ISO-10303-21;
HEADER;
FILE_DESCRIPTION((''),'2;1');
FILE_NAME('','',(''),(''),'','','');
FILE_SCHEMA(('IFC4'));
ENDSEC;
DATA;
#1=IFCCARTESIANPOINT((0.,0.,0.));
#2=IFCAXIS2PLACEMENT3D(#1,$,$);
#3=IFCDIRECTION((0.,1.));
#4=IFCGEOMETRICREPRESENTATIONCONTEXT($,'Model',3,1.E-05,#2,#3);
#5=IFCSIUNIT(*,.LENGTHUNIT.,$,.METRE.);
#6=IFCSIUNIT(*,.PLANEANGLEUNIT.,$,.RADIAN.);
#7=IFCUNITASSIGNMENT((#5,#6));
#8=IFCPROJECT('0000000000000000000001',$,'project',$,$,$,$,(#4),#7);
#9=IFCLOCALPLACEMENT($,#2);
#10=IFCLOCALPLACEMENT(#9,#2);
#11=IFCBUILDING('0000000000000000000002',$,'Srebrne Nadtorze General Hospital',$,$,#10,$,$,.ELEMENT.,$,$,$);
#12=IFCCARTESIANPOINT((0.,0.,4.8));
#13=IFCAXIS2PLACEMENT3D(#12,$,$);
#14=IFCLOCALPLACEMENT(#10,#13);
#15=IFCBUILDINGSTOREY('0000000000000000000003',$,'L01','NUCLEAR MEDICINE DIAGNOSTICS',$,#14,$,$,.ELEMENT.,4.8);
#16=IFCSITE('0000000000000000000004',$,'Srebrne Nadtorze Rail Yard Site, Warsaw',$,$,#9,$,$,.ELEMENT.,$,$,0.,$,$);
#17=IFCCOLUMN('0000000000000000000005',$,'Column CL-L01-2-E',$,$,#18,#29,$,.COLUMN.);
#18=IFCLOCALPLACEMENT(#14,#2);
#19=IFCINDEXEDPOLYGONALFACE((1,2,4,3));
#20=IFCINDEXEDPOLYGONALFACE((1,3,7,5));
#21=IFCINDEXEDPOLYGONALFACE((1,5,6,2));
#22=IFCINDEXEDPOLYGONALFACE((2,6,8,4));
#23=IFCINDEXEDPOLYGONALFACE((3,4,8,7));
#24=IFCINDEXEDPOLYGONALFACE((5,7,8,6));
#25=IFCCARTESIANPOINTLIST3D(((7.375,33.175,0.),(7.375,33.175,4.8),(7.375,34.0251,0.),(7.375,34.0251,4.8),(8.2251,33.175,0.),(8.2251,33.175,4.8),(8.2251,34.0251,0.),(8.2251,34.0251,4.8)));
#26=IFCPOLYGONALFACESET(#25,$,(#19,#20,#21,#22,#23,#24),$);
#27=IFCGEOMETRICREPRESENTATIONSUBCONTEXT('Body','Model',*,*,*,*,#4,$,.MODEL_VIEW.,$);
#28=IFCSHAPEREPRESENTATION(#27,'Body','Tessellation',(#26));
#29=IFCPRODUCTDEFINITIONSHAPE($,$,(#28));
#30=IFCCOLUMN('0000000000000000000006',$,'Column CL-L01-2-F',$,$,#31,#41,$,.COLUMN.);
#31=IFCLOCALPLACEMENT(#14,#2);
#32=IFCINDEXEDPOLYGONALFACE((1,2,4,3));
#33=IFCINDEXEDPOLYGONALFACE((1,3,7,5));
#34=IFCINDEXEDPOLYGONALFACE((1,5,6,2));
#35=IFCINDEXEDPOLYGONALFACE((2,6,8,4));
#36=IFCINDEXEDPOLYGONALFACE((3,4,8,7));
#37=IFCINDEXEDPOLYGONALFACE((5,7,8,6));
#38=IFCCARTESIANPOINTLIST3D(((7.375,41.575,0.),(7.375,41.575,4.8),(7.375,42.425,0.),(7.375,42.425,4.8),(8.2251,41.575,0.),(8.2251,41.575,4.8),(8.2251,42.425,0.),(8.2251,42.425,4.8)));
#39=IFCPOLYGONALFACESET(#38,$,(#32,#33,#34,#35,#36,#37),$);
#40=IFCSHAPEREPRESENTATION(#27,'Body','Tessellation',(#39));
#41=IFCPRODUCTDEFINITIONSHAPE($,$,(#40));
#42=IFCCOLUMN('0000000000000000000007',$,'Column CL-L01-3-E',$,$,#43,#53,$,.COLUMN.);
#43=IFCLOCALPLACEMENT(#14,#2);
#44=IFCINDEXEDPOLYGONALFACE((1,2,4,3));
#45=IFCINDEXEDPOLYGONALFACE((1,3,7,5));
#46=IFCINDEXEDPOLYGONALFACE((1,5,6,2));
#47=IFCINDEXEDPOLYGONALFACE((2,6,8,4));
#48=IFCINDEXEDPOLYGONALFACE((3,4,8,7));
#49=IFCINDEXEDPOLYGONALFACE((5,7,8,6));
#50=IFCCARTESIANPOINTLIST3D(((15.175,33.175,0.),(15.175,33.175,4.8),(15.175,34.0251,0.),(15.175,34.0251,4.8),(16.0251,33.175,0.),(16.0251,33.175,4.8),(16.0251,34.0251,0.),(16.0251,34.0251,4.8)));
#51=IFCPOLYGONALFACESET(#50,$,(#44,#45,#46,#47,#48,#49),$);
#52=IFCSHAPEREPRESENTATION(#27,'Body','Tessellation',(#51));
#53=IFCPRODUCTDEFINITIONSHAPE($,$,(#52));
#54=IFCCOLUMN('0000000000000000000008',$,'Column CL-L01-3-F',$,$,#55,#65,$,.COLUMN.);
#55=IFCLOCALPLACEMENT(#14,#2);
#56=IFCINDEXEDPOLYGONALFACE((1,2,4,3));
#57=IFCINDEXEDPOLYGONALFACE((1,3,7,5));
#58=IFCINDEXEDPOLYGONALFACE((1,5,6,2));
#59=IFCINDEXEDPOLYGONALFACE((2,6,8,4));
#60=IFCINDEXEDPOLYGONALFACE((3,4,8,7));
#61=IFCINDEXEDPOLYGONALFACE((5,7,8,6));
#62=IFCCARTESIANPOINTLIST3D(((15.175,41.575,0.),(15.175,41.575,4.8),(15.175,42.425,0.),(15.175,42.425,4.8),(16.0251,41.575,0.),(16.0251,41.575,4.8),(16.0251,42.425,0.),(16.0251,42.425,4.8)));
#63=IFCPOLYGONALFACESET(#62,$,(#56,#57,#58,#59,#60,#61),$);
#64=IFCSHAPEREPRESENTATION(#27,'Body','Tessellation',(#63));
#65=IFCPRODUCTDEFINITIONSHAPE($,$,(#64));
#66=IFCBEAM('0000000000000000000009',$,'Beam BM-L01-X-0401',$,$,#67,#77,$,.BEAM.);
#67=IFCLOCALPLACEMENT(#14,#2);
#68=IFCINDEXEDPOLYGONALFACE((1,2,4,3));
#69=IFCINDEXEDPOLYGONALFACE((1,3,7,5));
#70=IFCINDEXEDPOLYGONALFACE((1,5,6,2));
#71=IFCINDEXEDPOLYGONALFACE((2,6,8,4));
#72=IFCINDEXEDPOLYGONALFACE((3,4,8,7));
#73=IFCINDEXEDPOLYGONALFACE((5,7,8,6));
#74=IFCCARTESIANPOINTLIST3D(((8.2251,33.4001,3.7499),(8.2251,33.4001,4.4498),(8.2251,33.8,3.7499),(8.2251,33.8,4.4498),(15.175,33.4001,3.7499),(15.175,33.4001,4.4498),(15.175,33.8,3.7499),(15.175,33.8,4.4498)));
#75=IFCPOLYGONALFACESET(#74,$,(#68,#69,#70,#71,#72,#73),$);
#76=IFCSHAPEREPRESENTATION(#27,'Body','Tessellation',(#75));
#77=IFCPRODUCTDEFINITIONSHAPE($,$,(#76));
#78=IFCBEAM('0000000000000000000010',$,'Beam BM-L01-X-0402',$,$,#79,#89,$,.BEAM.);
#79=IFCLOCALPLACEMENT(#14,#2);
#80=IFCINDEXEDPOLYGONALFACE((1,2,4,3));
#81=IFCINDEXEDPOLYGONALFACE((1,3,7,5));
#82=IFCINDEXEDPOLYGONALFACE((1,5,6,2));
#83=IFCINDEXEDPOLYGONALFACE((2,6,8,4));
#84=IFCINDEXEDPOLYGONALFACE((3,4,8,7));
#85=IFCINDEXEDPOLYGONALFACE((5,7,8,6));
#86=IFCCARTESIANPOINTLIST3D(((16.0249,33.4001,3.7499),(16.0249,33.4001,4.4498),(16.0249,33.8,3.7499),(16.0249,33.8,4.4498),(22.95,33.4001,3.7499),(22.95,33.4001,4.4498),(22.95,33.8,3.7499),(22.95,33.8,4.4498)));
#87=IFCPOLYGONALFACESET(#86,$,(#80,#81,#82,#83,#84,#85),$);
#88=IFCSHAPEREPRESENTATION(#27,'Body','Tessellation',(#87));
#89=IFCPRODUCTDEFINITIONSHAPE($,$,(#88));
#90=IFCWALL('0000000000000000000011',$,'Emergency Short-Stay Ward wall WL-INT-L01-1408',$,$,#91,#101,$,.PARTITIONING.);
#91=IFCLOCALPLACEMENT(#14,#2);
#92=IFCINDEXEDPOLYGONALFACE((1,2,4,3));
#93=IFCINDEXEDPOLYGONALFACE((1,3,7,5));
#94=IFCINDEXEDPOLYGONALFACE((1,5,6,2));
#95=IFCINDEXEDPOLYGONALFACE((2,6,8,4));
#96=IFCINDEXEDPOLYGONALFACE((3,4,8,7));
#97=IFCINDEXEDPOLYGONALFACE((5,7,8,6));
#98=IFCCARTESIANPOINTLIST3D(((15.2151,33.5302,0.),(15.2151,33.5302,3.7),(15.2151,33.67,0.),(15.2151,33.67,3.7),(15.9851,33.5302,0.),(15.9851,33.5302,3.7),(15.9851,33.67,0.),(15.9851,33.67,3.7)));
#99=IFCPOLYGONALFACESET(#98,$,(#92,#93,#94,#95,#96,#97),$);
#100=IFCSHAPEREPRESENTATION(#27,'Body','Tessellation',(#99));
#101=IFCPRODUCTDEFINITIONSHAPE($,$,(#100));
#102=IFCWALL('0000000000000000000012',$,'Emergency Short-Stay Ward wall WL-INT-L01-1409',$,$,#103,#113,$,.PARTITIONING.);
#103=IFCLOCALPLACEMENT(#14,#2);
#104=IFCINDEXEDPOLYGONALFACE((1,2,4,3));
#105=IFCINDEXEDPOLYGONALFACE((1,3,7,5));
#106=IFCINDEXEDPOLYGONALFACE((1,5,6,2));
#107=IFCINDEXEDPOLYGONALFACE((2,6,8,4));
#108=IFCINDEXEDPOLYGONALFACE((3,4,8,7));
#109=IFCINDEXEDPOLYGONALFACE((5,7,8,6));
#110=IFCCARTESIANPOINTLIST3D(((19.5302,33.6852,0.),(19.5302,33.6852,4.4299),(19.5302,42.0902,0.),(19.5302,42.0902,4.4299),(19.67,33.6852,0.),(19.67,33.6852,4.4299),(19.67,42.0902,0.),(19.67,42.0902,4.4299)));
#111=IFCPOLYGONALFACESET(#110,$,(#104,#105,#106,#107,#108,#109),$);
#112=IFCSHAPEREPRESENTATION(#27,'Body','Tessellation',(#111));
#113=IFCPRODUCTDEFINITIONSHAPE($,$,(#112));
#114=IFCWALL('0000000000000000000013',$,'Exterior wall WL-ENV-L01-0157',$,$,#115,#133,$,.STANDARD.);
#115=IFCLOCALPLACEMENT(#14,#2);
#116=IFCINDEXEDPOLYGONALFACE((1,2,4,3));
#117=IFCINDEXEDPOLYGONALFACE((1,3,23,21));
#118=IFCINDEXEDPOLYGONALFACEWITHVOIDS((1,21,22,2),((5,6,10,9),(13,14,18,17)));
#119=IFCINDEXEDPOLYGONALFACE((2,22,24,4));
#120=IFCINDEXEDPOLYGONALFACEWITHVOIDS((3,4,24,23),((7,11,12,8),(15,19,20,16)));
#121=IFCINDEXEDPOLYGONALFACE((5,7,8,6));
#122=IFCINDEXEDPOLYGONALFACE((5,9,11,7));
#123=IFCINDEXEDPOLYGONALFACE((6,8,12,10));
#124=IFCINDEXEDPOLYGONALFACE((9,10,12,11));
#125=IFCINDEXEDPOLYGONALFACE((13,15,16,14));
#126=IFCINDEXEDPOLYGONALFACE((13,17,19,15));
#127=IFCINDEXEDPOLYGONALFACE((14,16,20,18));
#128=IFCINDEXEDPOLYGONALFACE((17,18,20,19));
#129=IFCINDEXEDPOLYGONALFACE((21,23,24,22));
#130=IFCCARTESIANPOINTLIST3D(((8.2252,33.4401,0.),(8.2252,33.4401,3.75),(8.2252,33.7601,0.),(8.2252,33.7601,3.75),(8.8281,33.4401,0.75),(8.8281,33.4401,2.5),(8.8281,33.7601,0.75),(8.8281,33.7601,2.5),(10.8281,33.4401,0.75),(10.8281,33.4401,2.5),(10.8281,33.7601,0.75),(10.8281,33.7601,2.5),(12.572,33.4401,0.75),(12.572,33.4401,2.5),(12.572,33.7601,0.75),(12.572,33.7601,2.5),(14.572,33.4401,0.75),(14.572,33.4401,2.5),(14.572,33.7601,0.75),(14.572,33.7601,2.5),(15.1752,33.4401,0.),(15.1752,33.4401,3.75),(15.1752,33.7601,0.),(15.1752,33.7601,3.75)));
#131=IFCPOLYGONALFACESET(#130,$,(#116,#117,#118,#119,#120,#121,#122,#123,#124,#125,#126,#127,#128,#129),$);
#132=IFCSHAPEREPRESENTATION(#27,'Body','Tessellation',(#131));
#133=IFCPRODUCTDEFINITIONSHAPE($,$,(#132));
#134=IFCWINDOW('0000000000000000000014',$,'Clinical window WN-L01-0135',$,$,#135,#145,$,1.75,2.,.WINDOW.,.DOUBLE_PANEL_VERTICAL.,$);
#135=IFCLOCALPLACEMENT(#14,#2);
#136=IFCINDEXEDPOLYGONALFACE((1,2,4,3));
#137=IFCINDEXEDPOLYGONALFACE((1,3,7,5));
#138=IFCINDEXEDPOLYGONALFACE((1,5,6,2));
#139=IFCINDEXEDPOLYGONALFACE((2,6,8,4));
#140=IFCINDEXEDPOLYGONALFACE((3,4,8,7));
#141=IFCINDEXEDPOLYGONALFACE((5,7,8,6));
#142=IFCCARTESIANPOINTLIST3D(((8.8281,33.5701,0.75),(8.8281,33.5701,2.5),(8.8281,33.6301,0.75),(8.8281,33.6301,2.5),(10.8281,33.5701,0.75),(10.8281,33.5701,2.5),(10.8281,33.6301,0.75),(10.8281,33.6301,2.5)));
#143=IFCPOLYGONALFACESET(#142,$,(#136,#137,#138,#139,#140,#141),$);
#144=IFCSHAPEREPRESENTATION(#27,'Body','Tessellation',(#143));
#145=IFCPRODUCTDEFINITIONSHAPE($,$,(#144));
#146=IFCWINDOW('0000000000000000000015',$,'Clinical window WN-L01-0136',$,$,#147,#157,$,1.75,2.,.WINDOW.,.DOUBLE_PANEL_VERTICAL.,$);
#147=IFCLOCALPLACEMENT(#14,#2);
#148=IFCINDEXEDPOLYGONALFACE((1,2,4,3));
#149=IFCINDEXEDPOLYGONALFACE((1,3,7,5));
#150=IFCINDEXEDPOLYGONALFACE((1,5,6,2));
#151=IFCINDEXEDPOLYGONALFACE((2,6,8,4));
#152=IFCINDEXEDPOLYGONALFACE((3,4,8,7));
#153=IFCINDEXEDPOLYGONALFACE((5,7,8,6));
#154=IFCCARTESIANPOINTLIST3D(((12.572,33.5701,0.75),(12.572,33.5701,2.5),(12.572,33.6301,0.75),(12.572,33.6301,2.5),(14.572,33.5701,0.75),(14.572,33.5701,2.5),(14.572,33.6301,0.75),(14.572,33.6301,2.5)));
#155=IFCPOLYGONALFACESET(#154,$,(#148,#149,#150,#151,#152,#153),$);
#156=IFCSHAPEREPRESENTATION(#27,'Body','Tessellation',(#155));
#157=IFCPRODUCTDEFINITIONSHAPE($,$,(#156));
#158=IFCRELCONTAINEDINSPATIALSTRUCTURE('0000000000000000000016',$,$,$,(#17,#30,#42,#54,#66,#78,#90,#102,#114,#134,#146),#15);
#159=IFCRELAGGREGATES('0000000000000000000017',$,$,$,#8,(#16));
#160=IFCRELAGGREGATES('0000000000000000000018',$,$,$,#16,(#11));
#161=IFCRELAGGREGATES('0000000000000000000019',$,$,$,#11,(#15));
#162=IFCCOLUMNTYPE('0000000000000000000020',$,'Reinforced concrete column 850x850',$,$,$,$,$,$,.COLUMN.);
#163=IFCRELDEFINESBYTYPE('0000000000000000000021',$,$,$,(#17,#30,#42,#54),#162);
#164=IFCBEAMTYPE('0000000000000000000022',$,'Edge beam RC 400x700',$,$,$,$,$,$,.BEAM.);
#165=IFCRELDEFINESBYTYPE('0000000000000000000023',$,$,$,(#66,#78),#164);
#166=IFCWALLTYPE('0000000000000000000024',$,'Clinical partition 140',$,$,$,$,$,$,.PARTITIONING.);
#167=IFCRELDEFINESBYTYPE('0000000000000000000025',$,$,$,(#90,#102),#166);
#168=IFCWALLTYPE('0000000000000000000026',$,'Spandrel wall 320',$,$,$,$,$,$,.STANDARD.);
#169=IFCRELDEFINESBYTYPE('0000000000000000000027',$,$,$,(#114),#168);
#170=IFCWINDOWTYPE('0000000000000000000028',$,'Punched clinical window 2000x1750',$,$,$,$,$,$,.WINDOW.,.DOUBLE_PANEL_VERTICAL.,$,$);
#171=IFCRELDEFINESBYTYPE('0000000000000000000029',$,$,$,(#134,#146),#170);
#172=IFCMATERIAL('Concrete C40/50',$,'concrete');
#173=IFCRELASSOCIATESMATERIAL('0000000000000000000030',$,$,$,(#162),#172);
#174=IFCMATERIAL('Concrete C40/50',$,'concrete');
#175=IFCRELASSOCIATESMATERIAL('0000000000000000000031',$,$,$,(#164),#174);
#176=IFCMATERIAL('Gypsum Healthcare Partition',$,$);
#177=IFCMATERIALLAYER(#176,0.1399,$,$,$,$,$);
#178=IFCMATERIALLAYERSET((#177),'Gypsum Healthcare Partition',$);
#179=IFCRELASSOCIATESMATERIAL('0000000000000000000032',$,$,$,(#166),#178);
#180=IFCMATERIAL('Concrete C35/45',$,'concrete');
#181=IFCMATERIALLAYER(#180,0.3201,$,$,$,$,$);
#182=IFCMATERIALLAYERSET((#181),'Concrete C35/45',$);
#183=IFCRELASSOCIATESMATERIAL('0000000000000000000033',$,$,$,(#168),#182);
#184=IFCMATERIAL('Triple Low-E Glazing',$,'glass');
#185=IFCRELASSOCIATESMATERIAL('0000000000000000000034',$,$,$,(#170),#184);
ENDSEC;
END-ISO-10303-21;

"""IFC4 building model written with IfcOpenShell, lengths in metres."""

from ifc_helpers import new_model, si_unit, direction, frame, frame_2d, origin, origin_2d, place, context, subcontext, project, spatial, rectangle, extrude, material, layer, layer_set, material_profile, profile_set, type_object, element, fill, save


model = new_model("IFC4")

# Units and contexts
model_context = context("Model", 3, precision=1e-05, world=origin(), true_north=direction((0.0, 1.0)))
body_context = subcontext(model_context, "Body", "Model", "MODEL_VIEW")
ifc_project = project(units=[si_unit("LENGTHUNIT", "METRE"), si_unit("PLANEANGLEUNIT", "RADIAN")], contexts=[model_context])

# Site, building, storey
site_placement = place(None, origin())
site = spatial("IfcSite", under=ifc_project, at=site_placement, Name="Srebrne Nadtorze Rail Yard Site, Warsaw", CompositionType="ELEMENT", RefElevation=0.0)
building_placement = place(site_placement, origin())
building = spatial("IfcBuilding", under=site, at=building_placement, Name="Srebrne Nadtorze General Hospital", CompositionType="ELEMENT")
storey_placement = place(building_placement, frame((0.0, 0.0, 4.8)))
storey = spatial("IfcBuildingStorey", under=building, at=storey_placement, Name="L01", Description="NUCLEAR MEDICINE DIAGNOSTICS", CompositionType="ELEMENT", Elevation=4.8)

# Columns
ifc_material_1 = material(Name="Concrete C40/50", Category="concrete")
ifc_material_profile_1 = material_profile(ifc_material_1, rectangle(XDim=0.8501, YDim=0.8501, at=origin_2d()), Name="RC-COL-850x850")
ifc_profile_set_1 = profile_set([ifc_material_profile_1], Name="Concrete C40/50")
column_type = type_object("IfcColumnType", Name="Reinforced concrete column 850x850", PredefinedType="COLUMN", material=ifc_profile_set_1)
for number, where, z_axis, x_axis, name in (
    (1, (7.8, 33.6001, 0.0), (0.0, 0.0, 1.0), (1.0, 0.0, 0.0), "Column CL-L01-2-E"),
    (2, (7.8, 42.0, 0.0), (0.0, 0.0, 1.0), (1.0, 0.0, 0.0), "Column CL-L01-2-F"),
    (3, (15.6001, 33.6001, 0.0), (0.0, 0.0, 1.0), (1.0, 0.0, 0.0), "Column CL-L01-3-E"),
    (4, (15.6001, 42.0, 0.0), (0.0, 0.0, 1.0), (1.0, 0.0, 0.0), "Column CL-L01-3-F"),
):
    element("IfcColumn", number, at=place(storey_placement, frame(where, z_axis=z_axis, x_axis=x_axis)), inside=storey, type_object=column_type, Name=name, PredefinedType="COLUMN", context=body_context, shape_type="SweptSolid", body=[
        extrude(rectangle(XDim=0.8501, YDim=0.8501, at=origin_2d()), origin(), (0.0, 0.0, 1.0), 4.8),
    ])

# Beams
ifc_material_2 = material(Name="Concrete C40/50", Category="concrete")
ifc_material_profile_2 = material_profile(ifc_material_2, rectangle(XDim=0.3999, YDim=0.7, at=origin_2d()), Name="RC-BM-400x700")
ifc_profile_set_2 = profile_set([ifc_material_profile_2], Name="Concrete C40/50")
beam_type = type_object("IfcBeamType", Name="Edge beam RC 400x700", PredefinedType="BEAM", material=ifc_profile_set_2)
beam_1_placement = place(storey_placement, frame((8.2251, 33.6001, 4.0999), z_axis=(1.0, 0.0, 0.0), x_axis=(0.0, 1.0, 0.0)))
element("IfcBeam", 5, at=beam_1_placement, inside=storey, type_object=beam_type, Name="Beam BM-L01-X-0401", PredefinedType="BEAM", context=body_context, shape_type="SweptSolid", body=[
    extrude(rectangle(XDim=0.3999, YDim=0.7, at=origin_2d()), origin(), (0.0, 0.0, 1.0), 6.95),
])
beam_2_placement = place(storey_placement, frame((16.0249, 33.6001, 4.0999), z_axis=(1.0, 0.0, 0.0), x_axis=(0.0, 1.0, 0.0)))
element("IfcBeam", 6, at=beam_2_placement, inside=storey, type_object=beam_type, Name="Beam BM-L01-X-0402", PredefinedType="BEAM", context=body_context, shape_type="SweptSolid", body=[
    extrude(rectangle(XDim=0.3999, YDim=0.7, at=origin_2d()), origin(), (0.0, 0.0, 1.0), 6.925),
])

# Walls
ifc_material_3 = material(Name="Gypsum Healthcare Partition")
ifc_layer_1 = layer(ifc_material_3, 0.1399)
ifc_layer_set_1 = layer_set([ifc_layer_1], Name="Gypsum Healthcare Partition")
wall_type_1 = type_object("IfcWallType", Name="Clinical partition 140", PredefinedType="PARTITIONING", material=ifc_layer_set_1)
wall_1_placement = place(storey_placement, frame((15.2151, 33.6001, 0.0), z_axis=(0.0, 0.0, 1.0), x_axis=(1.0, 0.0, 0.0)))
element("IfcWall", 7, at=wall_1_placement, inside=storey, type_object=wall_type_1, Name="Emergency Short-Stay Ward wall WL-INT-L01-1408", PredefinedType="PARTITIONING", context=body_context, shape_type="SweptSolid", body=[
    extrude(rectangle(XDim=0.77, YDim=0.1399, at=frame_2d((0.385, 0.0))), origin(), (0.0, 0.0, 1.0), 3.7),
])
wall_2_placement = place(storey_placement, frame((19.6001, 33.6851, 0.0), z_axis=(0.0, 0.0, 1.0), x_axis=(0.0, 1.0, 0.0)))
element("IfcWall", 8, at=wall_2_placement, inside=storey, type_object=wall_type_1, Name="Emergency Short-Stay Ward wall WL-INT-L01-1409", PredefinedType="PARTITIONING", context=body_context, shape_type="SweptSolid", body=[
    extrude(rectangle(XDim=8.405, YDim=0.1399, at=frame_2d((4.2026, 0.0))), origin(), (0.0, 0.0, 1.0), 4.4299),
])

# Wall, openings, windows
ifc_material_4 = material(Name="Concrete C35/45", Category="concrete")
ifc_layer_2 = layer(ifc_material_4, 0.3201)
ifc_layer_set_2 = layer_set([ifc_layer_2], Name="Concrete C35/45")
wall_type_2 = type_object("IfcWallType", Name="Spandrel wall 320", PredefinedType="STANDARD", material=ifc_layer_set_2)
wall_3_placement = place(storey_placement, frame((8.2251, 33.6001, 0.0), z_axis=(0.0, 0.0, 1.0), x_axis=(1.0, 0.0, 0.0)))
wall_3 = element("IfcWall", 9, at=wall_3_placement, inside=storey, type_object=wall_type_2, Name="Exterior wall WL-ENV-L01-0157", PredefinedType="STANDARD", context=body_context, shape_type="SweptSolid", body=[
    extrude(rectangle(XDim=6.95, YDim=0.3201, at=frame_2d((3.4751, 0.0))), origin(), (0.0, 0.0, 1.0), 3.75),
])
opening_1_placement = place(wall_3_placement, frame((0.603, 0.0, 0.75)))
opening_1 = element("IfcOpeningElement", 10, at=opening_1_placement, cuts=wall_3, PredefinedType="OPENING", context=body_context, shape_type="SweptSolid", body=[
    extrude(rectangle(XDim=2.0, YDim=1.75, at=frame_2d((1.0, 0.875))), frame((0.0, 0.1719, 0.0), z_axis=(0.0, -1.0, 0.0), x_axis=(1.0, 0.0, 0.0)), (0.0, 0.0, 1.0), 0.344),
])
opening_2_placement = place(wall_3_placement, frame((4.3469, 0.0, 0.75)))
opening_2 = element("IfcOpeningElement", 11, at=opening_2_placement, cuts=wall_3, PredefinedType="OPENING", context=body_context, shape_type="SweptSolid", body=[
    extrude(rectangle(XDim=2.0, YDim=1.75, at=frame_2d((1.0, 0.875))), frame((0.0, 0.1719, 0.0), z_axis=(0.0, -1.0, 0.0), x_axis=(1.0, 0.0, 0.0)), (0.0, 0.0, 1.0), 0.344),
])
ifc_material_5 = material(Name="Triple Low-E Glazing", Category="glass")
window_type_1 = type_object("IfcWindowType", Name="Punched clinical window 2000x1750", PartitioningType="DOUBLE_PANEL_VERTICAL", PredefinedType="WINDOW", material=ifc_material_5)
window_1_placement = place(opening_1_placement, origin())
window_1 = element("IfcWindow", 12, at=window_1_placement, inside=storey, type_object=window_type_1, Name="Clinical window WN-L01-0135", OverallHeight=1.75, OverallWidth=2.0, PartitioningType="DOUBLE_PANEL_VERTICAL", PredefinedType="WINDOW", context=body_context, shape_type="SweptSolid", body=[
    extrude(rectangle(XDim=2.0, YDim=1.75, at=frame_2d((1.0, 0.875))), frame((0.0, 0.03, 0.0), z_axis=(0.0, -1.0, 0.0), x_axis=(1.0, 0.0, 0.0)), (0.0, 0.0, 1.0), 0.0601),
])
fill(opening_1, window_1)
window_2_placement = place(opening_2_placement, origin())
window_2 = element("IfcWindow", 13, at=window_2_placement, inside=storey, type_object=window_type_1, Name="Clinical window WN-L01-0136", OverallHeight=1.75, OverallWidth=2.0, PartitioningType="DOUBLE_PANEL_VERTICAL", PredefinedType="WINDOW", context=body_context, shape_type="SweptSolid", body=[
    extrude(rectangle(XDim=2.0, YDim=1.75, at=frame_2d((1.0, 0.875))), frame((0.0, 0.03, 0.0), z_axis=(0.0, -1.0, 0.0), x_axis=(1.0, 0.0, 0.0)), (0.0, 0.0, 1.0), 0.0601),
])
fill(opening_2, window_2)

save(model, "model.ifc")
